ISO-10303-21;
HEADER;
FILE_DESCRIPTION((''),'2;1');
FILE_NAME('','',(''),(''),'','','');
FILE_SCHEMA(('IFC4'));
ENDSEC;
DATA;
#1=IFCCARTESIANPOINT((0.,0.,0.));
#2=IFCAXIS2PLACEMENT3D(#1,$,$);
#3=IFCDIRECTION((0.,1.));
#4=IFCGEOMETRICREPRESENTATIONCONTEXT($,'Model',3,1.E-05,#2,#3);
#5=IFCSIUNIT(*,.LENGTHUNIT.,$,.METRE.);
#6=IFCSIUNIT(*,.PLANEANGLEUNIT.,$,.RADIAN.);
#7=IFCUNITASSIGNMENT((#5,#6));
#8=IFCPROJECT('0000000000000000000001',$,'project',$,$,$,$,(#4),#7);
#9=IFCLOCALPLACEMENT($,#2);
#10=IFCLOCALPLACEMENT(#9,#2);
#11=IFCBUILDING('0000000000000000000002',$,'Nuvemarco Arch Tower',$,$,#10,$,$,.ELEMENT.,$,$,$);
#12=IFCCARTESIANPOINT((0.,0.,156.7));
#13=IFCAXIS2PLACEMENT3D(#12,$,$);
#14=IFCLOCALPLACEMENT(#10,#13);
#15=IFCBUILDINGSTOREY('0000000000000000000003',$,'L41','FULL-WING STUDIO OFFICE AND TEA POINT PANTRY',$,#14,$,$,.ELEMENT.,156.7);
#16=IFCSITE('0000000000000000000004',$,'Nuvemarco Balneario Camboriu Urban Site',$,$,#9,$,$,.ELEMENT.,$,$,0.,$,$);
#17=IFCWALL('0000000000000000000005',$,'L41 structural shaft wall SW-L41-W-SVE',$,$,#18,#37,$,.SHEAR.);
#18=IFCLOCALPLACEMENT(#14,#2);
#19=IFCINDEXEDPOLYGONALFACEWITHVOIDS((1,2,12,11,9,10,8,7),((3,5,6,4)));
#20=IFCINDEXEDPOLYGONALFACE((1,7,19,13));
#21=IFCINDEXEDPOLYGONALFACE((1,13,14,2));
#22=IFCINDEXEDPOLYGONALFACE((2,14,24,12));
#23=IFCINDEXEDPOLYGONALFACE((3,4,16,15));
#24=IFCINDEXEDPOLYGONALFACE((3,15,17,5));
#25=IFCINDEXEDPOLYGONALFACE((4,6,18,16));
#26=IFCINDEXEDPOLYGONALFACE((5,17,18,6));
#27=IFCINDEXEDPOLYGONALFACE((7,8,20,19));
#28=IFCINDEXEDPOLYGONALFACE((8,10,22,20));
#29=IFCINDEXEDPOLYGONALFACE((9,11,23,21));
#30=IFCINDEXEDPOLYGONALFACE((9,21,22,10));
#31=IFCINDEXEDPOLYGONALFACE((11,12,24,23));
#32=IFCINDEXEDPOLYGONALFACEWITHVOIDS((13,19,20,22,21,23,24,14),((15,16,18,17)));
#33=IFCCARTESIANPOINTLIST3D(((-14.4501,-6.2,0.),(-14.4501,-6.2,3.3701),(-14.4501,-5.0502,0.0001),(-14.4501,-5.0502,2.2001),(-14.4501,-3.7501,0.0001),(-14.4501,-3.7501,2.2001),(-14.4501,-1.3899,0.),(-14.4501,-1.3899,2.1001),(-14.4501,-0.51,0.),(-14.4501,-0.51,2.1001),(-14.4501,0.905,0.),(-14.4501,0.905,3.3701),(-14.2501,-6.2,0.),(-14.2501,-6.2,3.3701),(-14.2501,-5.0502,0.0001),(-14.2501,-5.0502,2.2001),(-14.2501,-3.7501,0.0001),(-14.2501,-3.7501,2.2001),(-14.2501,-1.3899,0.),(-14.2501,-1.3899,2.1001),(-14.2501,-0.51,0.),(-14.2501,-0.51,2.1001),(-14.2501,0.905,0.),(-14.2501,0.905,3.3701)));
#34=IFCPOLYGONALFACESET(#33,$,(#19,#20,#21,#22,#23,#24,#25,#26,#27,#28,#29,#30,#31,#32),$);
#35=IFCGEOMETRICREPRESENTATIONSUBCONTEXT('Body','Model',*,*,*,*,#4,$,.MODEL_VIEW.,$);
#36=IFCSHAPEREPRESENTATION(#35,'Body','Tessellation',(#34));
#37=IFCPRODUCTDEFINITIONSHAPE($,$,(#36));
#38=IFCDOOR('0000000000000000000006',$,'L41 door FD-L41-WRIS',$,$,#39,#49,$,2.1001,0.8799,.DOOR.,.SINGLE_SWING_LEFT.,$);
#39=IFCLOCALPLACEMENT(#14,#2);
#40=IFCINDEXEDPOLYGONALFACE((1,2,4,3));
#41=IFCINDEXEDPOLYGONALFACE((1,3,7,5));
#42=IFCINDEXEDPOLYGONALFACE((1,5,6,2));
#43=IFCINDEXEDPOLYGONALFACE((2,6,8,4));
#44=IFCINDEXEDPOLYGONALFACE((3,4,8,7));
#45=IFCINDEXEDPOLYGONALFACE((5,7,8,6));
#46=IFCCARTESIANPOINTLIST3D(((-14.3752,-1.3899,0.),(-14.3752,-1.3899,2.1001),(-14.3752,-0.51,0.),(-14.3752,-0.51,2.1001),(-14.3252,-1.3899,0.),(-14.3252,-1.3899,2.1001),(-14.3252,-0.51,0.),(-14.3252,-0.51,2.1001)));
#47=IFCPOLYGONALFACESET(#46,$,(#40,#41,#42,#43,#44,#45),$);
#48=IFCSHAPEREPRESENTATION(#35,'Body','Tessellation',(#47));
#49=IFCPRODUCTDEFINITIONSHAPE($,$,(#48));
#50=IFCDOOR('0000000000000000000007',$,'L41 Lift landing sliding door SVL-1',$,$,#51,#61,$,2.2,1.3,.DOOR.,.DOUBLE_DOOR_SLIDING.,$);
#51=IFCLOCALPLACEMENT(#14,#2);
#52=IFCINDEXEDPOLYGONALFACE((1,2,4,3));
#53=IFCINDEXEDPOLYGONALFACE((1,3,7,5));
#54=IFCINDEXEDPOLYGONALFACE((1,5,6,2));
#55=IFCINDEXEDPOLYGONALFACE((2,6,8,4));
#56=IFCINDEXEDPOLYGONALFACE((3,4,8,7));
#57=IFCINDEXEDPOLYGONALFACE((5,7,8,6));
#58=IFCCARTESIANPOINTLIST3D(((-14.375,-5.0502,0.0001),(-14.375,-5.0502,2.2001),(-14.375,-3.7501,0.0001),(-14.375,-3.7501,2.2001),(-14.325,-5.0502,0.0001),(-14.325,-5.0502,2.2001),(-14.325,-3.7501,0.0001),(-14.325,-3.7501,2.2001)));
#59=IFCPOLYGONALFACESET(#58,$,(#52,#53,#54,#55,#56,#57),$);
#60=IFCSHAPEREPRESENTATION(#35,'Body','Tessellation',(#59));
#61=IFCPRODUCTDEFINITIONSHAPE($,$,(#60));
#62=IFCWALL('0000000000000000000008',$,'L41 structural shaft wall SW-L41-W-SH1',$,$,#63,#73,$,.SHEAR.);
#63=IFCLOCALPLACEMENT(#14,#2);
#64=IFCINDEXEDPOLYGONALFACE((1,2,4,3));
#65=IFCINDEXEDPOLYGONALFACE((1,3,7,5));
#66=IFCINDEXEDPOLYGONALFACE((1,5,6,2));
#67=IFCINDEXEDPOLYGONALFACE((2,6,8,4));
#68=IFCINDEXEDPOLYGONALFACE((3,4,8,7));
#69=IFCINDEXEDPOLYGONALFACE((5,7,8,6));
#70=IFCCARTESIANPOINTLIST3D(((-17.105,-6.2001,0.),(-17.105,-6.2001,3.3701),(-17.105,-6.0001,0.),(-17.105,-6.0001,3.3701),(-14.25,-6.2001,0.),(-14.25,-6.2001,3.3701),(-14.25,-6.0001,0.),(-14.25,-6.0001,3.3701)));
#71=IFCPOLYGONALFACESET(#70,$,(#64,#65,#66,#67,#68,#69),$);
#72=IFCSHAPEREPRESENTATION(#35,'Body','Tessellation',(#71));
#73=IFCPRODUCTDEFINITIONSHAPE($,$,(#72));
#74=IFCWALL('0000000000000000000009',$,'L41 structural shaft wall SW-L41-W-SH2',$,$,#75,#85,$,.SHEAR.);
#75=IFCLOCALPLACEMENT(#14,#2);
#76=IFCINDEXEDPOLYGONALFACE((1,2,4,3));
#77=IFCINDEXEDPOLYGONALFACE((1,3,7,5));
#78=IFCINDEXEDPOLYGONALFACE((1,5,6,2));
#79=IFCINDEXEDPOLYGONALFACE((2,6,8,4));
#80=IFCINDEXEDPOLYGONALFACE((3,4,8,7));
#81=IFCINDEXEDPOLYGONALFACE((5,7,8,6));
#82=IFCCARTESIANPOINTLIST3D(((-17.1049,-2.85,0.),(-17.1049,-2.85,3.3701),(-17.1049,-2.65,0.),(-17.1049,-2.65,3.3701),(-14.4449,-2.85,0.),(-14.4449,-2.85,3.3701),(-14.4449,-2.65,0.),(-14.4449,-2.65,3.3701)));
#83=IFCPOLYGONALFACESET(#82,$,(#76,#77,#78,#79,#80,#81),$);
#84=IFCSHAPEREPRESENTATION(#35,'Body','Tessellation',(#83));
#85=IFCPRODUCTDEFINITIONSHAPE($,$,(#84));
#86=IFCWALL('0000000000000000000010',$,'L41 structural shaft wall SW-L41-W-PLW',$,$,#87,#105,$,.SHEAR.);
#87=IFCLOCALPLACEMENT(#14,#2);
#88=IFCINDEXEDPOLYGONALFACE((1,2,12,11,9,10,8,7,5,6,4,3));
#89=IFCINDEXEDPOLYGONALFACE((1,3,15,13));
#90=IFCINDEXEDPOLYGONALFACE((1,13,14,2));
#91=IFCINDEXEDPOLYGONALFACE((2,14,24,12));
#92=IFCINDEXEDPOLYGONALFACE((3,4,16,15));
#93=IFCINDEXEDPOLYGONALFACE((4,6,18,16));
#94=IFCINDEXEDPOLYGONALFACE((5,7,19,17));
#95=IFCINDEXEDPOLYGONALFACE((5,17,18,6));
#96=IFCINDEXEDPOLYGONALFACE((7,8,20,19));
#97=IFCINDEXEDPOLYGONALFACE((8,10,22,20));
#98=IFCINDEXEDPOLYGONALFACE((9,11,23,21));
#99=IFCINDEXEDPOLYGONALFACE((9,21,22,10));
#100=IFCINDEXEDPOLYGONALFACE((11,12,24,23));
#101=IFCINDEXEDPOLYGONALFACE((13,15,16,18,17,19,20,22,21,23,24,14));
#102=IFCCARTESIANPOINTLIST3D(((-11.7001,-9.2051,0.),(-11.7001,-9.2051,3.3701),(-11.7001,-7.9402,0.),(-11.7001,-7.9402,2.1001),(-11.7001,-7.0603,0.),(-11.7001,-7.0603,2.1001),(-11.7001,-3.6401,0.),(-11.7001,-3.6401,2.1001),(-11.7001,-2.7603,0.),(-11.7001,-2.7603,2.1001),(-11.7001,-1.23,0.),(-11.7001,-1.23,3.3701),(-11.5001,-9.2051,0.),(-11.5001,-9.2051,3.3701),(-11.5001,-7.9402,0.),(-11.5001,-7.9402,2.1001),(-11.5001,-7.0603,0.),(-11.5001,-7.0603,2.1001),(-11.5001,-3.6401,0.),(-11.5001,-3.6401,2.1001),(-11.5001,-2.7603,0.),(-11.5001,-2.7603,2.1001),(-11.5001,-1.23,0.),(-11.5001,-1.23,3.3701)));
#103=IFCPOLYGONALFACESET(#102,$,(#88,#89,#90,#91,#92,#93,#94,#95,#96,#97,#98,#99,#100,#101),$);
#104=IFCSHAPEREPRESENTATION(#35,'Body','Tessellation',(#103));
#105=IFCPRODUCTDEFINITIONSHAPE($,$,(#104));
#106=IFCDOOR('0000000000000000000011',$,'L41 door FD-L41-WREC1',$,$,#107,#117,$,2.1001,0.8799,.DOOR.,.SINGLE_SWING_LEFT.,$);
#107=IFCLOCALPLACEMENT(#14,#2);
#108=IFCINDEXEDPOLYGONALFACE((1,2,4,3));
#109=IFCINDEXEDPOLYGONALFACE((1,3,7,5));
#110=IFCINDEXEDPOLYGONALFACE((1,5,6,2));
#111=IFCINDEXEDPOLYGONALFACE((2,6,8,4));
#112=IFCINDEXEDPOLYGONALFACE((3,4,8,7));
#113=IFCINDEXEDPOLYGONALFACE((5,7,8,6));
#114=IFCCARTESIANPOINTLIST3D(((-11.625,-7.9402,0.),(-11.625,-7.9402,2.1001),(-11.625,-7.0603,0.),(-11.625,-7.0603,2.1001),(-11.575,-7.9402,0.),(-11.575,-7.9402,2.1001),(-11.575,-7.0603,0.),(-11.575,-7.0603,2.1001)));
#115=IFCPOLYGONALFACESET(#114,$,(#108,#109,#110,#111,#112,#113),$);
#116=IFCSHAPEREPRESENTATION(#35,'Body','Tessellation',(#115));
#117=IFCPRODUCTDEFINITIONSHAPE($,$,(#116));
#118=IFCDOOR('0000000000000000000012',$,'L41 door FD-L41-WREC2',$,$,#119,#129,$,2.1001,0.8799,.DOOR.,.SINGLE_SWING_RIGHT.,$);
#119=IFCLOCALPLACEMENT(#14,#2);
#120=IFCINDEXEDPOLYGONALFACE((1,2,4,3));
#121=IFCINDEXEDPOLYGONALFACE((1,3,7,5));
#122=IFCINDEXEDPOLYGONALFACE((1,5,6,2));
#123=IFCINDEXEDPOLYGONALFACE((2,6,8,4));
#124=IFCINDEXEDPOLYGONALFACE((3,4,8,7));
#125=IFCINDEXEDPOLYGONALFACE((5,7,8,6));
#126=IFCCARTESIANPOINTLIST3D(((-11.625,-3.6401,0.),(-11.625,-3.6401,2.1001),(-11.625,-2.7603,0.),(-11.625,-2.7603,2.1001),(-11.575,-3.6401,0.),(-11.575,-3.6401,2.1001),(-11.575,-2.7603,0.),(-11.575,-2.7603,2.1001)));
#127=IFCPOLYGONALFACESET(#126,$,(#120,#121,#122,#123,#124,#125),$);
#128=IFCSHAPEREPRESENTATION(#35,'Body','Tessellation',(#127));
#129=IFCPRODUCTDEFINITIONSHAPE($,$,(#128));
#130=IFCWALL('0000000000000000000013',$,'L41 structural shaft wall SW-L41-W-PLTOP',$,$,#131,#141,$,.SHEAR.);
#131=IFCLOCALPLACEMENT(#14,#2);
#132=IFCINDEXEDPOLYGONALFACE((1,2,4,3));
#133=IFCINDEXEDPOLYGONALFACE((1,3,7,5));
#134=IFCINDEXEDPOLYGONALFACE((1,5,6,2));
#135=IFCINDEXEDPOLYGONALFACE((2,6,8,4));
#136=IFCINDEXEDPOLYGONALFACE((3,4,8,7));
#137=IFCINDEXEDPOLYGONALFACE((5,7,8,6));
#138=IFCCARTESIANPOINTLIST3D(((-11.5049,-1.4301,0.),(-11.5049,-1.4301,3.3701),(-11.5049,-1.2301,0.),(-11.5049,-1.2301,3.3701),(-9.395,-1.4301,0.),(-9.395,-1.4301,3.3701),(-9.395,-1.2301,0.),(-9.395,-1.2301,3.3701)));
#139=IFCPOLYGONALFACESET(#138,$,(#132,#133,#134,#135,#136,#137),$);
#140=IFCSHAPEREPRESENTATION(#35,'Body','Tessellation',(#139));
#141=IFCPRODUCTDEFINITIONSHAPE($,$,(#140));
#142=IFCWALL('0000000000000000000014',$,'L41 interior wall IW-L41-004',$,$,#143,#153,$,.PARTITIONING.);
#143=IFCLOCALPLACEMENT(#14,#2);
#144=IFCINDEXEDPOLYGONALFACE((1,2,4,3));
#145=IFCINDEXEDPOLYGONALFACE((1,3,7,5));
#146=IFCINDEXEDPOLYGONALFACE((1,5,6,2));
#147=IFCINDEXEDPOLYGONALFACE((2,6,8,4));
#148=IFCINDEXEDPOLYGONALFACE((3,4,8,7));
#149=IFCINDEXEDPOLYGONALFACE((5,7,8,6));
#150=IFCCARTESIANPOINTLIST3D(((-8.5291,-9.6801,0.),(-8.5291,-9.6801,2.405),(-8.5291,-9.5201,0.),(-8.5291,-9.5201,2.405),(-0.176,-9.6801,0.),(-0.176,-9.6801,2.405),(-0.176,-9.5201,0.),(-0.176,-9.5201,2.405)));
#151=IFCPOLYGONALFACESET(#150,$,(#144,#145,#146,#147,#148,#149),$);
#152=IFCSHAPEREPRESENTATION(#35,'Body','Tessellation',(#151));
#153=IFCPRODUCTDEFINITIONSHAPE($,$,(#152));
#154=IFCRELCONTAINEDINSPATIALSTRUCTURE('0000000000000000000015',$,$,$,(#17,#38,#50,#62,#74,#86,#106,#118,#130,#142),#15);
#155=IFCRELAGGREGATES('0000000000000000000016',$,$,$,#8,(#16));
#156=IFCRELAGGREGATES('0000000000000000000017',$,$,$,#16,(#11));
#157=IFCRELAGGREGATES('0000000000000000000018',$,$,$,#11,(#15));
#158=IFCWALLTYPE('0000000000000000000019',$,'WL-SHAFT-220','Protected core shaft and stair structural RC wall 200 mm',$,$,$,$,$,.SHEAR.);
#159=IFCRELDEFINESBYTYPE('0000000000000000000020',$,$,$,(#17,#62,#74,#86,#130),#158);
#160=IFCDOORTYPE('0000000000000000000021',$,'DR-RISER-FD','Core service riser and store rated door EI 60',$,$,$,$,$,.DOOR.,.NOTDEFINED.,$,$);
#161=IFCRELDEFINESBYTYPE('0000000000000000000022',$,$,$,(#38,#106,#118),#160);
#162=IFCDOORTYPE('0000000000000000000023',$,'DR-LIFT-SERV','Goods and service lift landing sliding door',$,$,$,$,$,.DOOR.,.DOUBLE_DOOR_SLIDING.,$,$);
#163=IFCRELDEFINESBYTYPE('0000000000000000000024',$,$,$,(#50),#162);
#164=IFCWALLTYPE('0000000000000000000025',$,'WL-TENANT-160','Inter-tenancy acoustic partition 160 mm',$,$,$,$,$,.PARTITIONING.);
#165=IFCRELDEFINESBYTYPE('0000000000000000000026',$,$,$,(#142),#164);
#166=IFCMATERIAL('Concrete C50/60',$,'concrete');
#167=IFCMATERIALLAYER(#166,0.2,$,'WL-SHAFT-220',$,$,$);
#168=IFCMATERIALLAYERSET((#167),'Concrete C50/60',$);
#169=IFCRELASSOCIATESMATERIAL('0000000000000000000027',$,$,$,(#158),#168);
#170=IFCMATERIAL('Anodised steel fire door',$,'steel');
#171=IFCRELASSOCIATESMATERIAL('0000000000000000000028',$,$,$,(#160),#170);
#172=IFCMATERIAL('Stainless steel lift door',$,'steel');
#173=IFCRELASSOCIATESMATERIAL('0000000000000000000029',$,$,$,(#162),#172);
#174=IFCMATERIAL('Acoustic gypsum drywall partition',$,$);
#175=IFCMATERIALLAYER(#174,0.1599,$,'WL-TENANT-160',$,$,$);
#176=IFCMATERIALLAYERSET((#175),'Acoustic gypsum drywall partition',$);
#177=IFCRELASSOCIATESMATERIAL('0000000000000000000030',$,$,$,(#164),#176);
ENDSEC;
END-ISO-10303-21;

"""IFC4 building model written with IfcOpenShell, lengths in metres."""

from ifc_helpers import new_model, si_unit, direction, frame, frame_2d, origin, place, context, subcontext, project, spatial, rectangle, extrude, source, transform, mapped, material, layer, layer_set, type_object, type_shapes, element, fill, save


model = new_model("IFC4")

# Units and contexts
model_context = context("Model", 3, precision=1e-05, world=origin(), true_north=direction((0.0, 1.0)))
body_context = subcontext(model_context, "Body", "Model", "MODEL_VIEW")
ifc_project = project(units=[si_unit("LENGTHUNIT", "METRE"), si_unit("PLANEANGLEUNIT", "RADIAN")], contexts=[model_context])

# Site, building, storey
site_placement = place(None, origin())
site = spatial("IfcSite", under=ifc_project, at=site_placement, Name="Nuvemarco Balneario Camboriu Urban Site", CompositionType="ELEMENT", RefElevation=0.0)
building_placement = place(site_placement, origin())
building = spatial("IfcBuilding", under=site, at=building_placement, Name="Nuvemarco Arch Tower", CompositionType="ELEMENT")
storey_placement = place(building_placement, frame((0.0, 0.0, 156.7)))
storey = spatial("IfcBuildingStorey", under=building, at=storey_placement, Name="L41", Description="FULL-WING STUDIO OFFICE AND TEA POINT PANTRY", CompositionType="ELEMENT", Elevation=156.7)

# Shared definitions
ifc_material_1 = material(Name="Concrete C50/60", Category="concrete")

# Shared definitions
ifc_material_2 = material(Name="Anodised steel fire door", Category="steel")

# Shared definitions
ifc_layer_1 = layer(ifc_material_1, 0.2, Name="WL-SHAFT-220")
ifc_layer_set_1 = layer_set([ifc_layer_1], Name="Concrete C50/60")
wall_type_1 = type_object("IfcWallType", Name="WL-SHAFT-220", Description="Protected core shaft and stair structural RC wall 200 mm", PredefinedType="SHEAR", material=ifc_layer_set_1)
ifc_material_3 = material(Name="Stainless steel lift door", Category="steel")

# Wall, openings, doors
wall_1_placement = place(storey_placement, frame((-14.3501, -6.2, 0.0), z_axis=(0.0, 0.0, 1.0), x_axis=(0.0, 1.0, 0.0)))
wall_1 = element("IfcWall", 1, at=wall_1_placement, inside=storey, type_object=wall_type_1, Name="L41 structural shaft wall SW-L41-W-SVE", PredefinedType="SHEAR", context=body_context, shape_type="SweptSolid", body=[
    extrude(rectangle(XDim=7.105, YDim=0.2, at=frame_2d((3.5525, 0.0))), origin(), (0.0, 0.0, 1.0), 3.3701),
])
opening_1_placement = place(wall_1_placement, frame((5.6899, 0.0, 0.0), z_axis=(0.0, 0.0, 1.0), x_axis=(-1.0, 0.0, 0.0)))
opening_1 = element("IfcOpeningElement", 2, at=opening_1_placement, cuts=wall_1, PredefinedType="OPENING", context=body_context, shape_type="SweptSolid", body=[
    extrude(rectangle(XDim=0.8799, YDim=2.1001, at=frame_2d((0.4399, 1.05))), frame((0.0, 0.1099, 0.0), z_axis=(0.0, -1.0, 0.0), x_axis=(1.0, 0.0, 0.0)), (0.0, 0.0, 1.0), 0.22),
])
opening_2_placement = place(wall_1_placement, frame((1.1499, 0.0, 0.0)))
opening_2 = element("IfcOpeningElement", 3, at=opening_2_placement, cuts=wall_1, PredefinedType="OPENING", context=body_context, shape_type="SweptSolid", body=[
    extrude(rectangle(XDim=1.3, YDim=2.2, at=frame_2d((0.6499, 1.1001))), frame((0.0, 0.1099, 0.0), z_axis=(0.0, -1.0, 0.0), x_axis=(1.0, 0.0, 0.0)), (0.0, 0.0, 1.0), 0.22),
])
door_type_1 = type_object("IfcDoorType", Name="DR-RISER-FD", Description="Core service riser and store rated door EI 60", OperationType="NOTDEFINED", PredefinedType="DOOR", material=ifc_material_2)
shared_shape_1 = source(origin(), body_context, "Body", "SweptSolid", [
    extrude(rectangle(XDim=0.8799, YDim=2.1001, at=frame_2d((0.4399, 1.05))), frame((0.0, 0.0249, 0.0), z_axis=(0.0, -1.0, 0.0), x_axis=(1.0, 0.0, 0.0)), (0.0, 0.0, 1.0), 0.05),
])
type_shapes(door_type_1, [shared_shape_1])
door_1_placement = place(opening_1_placement, origin())
door_1 = element("IfcDoor", 4, at=door_1_placement, inside=storey, type_object=door_type_1, Name="L41 door FD-L41-WRIS", OperationType="SINGLE_SWING_LEFT", OverallHeight=2.1001, OverallWidth=0.8799, PredefinedType="DOOR", context=body_context, shape_type="MappedRepresentation", body=[
    mapped(shared_shape_1, transform((0.0, 0.0, 0.0), scale=1.0)),
])
fill(opening_1, door_1)
door_type_2 = type_object("IfcDoorType", Name="DR-LIFT-SERV", Description="Goods and service lift landing sliding door", OperationType="DOUBLE_DOOR_SLIDING", PredefinedType="DOOR", material=ifc_material_3)
shared_shape_2 = source(origin(), body_context, "Body", "SweptSolid", [
    extrude(rectangle(XDim=1.3, YDim=2.2, at=frame_2d((0.6499, 1.1001))), frame((0.0, 0.0249, 0.0), z_axis=(0.0, -1.0, 0.0), x_axis=(1.0, 0.0, 0.0)), (0.0, 0.0, 1.0), 0.05),
])
type_shapes(door_type_2, [shared_shape_2])
door_2_placement = place(opening_2_placement, origin())
door_2 = element("IfcDoor", 5, at=door_2_placement, inside=storey, type_object=door_type_2, Name="L41 Lift landing sliding door SVL-1", OperationType="DOUBLE_DOOR_SLIDING", OverallHeight=2.2, OverallWidth=1.3, PredefinedType="DOOR", context=body_context, shape_type="MappedRepresentation", body=[
    mapped(shared_shape_2, transform((0.0, 0.0, 0.0), scale=1.0)),
])
fill(opening_2, door_2)

# Walls
wall_2_placement = place(storey_placement, frame((-17.105, -6.1001, 0.0), z_axis=(0.0, 0.0, 1.0), x_axis=(1.0, 0.0, 0.0)))
element("IfcWall", 6, at=wall_2_placement, inside=storey, type_object=wall_type_1, Name="L41 structural shaft wall SW-L41-W-SH1", PredefinedType="SHEAR", context=body_context, shape_type="SweptSolid", body=[
    extrude(rectangle(XDim=2.855, YDim=0.2, at=frame_2d((1.4275, 0.0))), origin(), (0.0, 0.0, 1.0), 3.3701),
])
wall_3_placement = place(storey_placement, frame((-17.105, -2.75, 0.0), z_axis=(0.0, 0.0, 1.0), x_axis=(1.0, 0.0, 0.0)))
element("IfcWall", 7, at=wall_3_placement, inside=storey, type_object=wall_type_1, Name="L41 structural shaft wall SW-L41-W-SH2", PredefinedType="SHEAR", context=body_context, shape_type="SweptSolid", body=[
    extrude(rectangle(XDim=2.6599, YDim=0.2, at=frame_2d((1.3301, 0.0))), origin(), (0.0, 0.0, 1.0), 3.3701),
])

# Wall, openings, doors
wall_4_placement = place(storey_placement, frame((-11.6001, -9.2051, 0.0), z_axis=(0.0, 0.0, 1.0), x_axis=(0.0, 1.0, 0.0)))
wall_4 = element("IfcWall", 8, at=wall_4_placement, inside=storey, type_object=wall_type_1, Name="L41 structural shaft wall SW-L41-W-PLW", PredefinedType="SHEAR", context=body_context, shape_type="SweptSolid", body=[
    extrude(rectangle(XDim=7.9751, YDim=0.2, at=frame_2d((3.9875, 0.0))), origin(), (0.0, 0.0, 1.0), 3.3701),
])
opening_3_placement = place(wall_4_placement, frame((1.2649, 0.0, 0.0)))
opening_3 = element("IfcOpeningElement", 9, at=opening_3_placement, cuts=wall_4, PredefinedType="OPENING", context=body_context, shape_type="SweptSolid", body=[
    extrude(rectangle(XDim=0.8799, YDim=2.1001, at=frame_2d((0.4399, 1.05))), frame((0.0, 0.1099, 0.0), z_axis=(0.0, -1.0, 0.0), x_axis=(1.0, 0.0, 0.0)), (0.0, 0.0, 1.0), 0.22),
])
opening_4_placement = place(wall_4_placement, frame((5.5649, 0.0, 0.0)))
opening_4 = element("IfcOpeningElement", 10, at=opening_4_placement, cuts=wall_4, PredefinedType="OPENING", context=body_context, shape_type="SweptSolid", body=[
    extrude(rectangle(XDim=0.8799, YDim=2.1001, at=frame_2d((0.4399, 1.05))), frame((0.0, 0.1099, 0.0), z_axis=(0.0, -1.0, 0.0), x_axis=(1.0, 0.0, 0.0)), (0.0, 0.0, 1.0), 0.22),
])
door_3_placement = place(opening_3_placement, origin())
door_3 = element("IfcDoor", 11, at=door_3_placement, inside=storey, type_object=door_type_1, Name="L41 door FD-L41-WREC1", OperationType="SINGLE_SWING_LEFT", OverallHeight=2.1001, OverallWidth=0.8799, PredefinedType="DOOR", context=body_context, shape_type="MappedRepresentation", body=[
    mapped(shared_shape_1, transform((0.0, 0.0, 0.0), scale=1.0)),
])
fill(opening_3, door_3)
door_4_placement = place(opening_4_placement, origin())
door_4 = element("IfcDoor", 12, at=door_4_placement, inside=storey, type_object=door_type_1, Name="L41 door FD-L41-WREC2", OperationType="SINGLE_SWING_RIGHT", OverallHeight=2.1001, OverallWidth=0.8799, PredefinedType="DOOR", context=body_context, shape_type="MappedRepresentation", body=[
    mapped(shared_shape_1, transform((0.0, 0.0, 0.0), scale=1.0)),
])
fill(opening_4, door_4)

# Walls
wall_5_placement = place(storey_placement, frame((-11.5049, -1.3301, 0.0), z_axis=(0.0, 0.0, 1.0), x_axis=(1.0, 0.0, 0.0)))
element("IfcWall", 13, at=wall_5_placement, inside=storey, type_object=wall_type_1, Name="L41 structural shaft wall SW-L41-W-PLTOP", PredefinedType="SHEAR", context=body_context, shape_type="SweptSolid", body=[
    extrude(rectangle(XDim=2.1099, YDim=0.2, at=frame_2d((1.0549, 0.0))), origin(), (0.0, 0.0, 1.0), 3.3701),
])
ifc_material_4 = material(Name="Acoustic gypsum drywall partition")
ifc_layer_2 = layer(ifc_material_4, 0.1599, Name="WL-TENANT-160")
ifc_layer_set_2 = layer_set([ifc_layer_2], Name="Acoustic gypsum drywall partition")
wall_type_2 = type_object("IfcWallType", Name="WL-TENANT-160", Description="Inter-tenancy acoustic partition 160 mm", PredefinedType="PARTITIONING", material=ifc_layer_set_2)
wall_6_placement = place(storey_placement, frame((-8.5291, -9.6001, 0.0), z_axis=(0.0, 0.0, 1.0), x_axis=(1.0, 0.0, 0.0)))
element("IfcWall", 14, at=wall_6_placement, inside=storey, type_object=wall_type_2, Name="L41 interior wall IW-L41-004", PredefinedType="PARTITIONING", context=body_context, shape_type="SweptSolid", body=[
    extrude(rectangle(XDim=8.353, YDim=0.1599, at=frame_2d((4.1765, 0.0))), origin(), (0.0, 0.0, 1.0), 2.405),
])

save(model, "model.ifc")
